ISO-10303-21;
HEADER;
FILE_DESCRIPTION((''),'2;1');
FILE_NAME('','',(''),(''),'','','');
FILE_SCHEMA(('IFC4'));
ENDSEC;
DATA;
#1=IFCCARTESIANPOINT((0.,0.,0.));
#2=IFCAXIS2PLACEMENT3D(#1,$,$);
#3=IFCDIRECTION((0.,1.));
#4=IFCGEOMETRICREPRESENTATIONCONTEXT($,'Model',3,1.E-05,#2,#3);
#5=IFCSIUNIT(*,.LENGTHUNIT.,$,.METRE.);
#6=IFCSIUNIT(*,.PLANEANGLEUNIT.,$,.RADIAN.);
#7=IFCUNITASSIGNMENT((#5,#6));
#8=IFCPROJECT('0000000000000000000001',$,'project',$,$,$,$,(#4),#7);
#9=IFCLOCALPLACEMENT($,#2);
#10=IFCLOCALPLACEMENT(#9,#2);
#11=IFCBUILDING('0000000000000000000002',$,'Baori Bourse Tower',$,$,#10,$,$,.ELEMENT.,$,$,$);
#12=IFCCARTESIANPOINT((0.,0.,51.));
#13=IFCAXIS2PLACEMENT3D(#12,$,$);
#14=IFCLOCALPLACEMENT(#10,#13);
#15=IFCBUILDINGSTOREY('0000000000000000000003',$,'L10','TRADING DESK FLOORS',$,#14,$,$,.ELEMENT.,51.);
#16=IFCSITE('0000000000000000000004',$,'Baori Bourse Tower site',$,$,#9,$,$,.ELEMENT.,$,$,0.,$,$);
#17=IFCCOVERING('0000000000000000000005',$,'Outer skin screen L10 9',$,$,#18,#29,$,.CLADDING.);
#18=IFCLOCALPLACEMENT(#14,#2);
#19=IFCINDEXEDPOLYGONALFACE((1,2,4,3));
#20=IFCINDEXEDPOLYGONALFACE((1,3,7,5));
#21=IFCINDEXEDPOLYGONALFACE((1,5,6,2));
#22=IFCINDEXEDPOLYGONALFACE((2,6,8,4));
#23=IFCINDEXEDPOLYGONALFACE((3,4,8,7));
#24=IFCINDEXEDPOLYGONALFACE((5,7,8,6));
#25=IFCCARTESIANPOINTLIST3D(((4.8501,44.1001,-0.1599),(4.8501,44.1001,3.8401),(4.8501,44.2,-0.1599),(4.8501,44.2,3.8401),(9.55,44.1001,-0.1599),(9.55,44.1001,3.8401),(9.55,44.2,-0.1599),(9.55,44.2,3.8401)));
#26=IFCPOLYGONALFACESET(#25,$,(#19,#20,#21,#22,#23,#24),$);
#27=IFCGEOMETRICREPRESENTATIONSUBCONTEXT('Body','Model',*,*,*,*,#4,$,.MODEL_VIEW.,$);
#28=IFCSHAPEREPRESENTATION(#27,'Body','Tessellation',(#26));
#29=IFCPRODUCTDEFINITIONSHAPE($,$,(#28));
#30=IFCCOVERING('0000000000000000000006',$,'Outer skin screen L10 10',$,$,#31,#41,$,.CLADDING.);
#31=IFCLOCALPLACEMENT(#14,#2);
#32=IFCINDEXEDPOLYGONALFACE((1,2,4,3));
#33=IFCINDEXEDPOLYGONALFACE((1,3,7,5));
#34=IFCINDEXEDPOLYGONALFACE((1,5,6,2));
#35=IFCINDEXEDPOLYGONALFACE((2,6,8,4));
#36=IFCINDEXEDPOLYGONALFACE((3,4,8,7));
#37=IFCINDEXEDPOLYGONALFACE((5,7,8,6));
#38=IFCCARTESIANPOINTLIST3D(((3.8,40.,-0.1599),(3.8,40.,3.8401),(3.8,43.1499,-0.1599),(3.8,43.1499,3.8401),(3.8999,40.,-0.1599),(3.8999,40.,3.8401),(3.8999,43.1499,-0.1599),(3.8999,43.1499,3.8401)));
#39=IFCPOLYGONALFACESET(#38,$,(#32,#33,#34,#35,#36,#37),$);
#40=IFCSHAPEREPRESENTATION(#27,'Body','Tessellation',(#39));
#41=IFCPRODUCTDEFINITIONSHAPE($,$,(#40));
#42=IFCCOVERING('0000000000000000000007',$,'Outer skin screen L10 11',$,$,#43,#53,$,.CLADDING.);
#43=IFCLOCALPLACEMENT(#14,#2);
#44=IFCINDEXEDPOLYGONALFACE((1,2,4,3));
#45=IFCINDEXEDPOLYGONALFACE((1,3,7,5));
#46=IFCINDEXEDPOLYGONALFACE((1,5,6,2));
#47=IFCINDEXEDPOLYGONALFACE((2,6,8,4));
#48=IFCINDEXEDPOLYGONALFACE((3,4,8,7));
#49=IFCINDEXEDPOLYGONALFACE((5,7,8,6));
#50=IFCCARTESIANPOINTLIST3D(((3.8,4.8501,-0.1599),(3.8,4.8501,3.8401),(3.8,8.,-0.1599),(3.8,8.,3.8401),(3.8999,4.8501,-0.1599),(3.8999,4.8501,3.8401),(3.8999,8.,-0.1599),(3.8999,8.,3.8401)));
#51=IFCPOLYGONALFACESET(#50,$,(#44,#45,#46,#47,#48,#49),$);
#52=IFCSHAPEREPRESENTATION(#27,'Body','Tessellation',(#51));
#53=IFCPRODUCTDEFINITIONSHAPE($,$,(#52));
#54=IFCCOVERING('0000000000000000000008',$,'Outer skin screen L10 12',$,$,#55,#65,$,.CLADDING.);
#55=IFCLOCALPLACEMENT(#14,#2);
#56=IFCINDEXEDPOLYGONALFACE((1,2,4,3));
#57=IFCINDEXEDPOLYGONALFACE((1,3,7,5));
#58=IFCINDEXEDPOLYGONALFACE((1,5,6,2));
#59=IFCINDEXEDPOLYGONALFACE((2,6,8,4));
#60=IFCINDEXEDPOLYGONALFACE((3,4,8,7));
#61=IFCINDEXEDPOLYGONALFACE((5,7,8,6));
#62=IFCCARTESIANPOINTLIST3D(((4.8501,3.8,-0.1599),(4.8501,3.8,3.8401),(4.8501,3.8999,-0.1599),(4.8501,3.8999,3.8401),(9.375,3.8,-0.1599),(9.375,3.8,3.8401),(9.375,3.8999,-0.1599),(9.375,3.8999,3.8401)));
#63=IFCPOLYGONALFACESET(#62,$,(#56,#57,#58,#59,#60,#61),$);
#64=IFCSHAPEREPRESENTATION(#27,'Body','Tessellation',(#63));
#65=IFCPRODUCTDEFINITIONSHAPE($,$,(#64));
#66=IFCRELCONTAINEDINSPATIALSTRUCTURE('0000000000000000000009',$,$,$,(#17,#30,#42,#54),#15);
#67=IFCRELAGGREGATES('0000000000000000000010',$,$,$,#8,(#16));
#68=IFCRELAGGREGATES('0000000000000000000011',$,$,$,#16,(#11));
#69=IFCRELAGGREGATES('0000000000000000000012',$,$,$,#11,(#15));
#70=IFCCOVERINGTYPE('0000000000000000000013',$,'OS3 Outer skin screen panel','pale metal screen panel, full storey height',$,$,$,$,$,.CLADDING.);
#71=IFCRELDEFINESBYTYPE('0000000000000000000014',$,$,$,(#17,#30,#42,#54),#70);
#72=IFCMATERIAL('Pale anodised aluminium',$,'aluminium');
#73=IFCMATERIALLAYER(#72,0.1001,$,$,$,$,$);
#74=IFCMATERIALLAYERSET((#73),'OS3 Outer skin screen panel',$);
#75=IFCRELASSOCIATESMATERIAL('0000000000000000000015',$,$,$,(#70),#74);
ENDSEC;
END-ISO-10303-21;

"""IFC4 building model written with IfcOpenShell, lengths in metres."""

from ifc_helpers import new_model, si_unit, direction, frame, origin, place, context, subcontext, project, spatial, polyline, outline, extrude, material, layer, layer_set, type_object, element, save


model = new_model("IFC4")

# Units and contexts
model_context = context("Model", 3, precision=1e-05, world=origin(), true_north=direction((0.0, 1.0)))
body_context = subcontext(model_context, "Body", "Model", "MODEL_VIEW")
ifc_project = project(units=[si_unit("LENGTHUNIT", "METRE"), si_unit("PLANEANGLEUNIT", "RADIAN")], contexts=[model_context])

# Site, building, storey
site_placement = place(None, origin())
site = spatial("IfcSite", under=ifc_project, at=site_placement, Name="Baori Bourse Tower site", CompositionType="ELEMENT", RefElevation=0.0)
building_placement = place(site_placement, origin())
building = spatial("IfcBuilding", under=site, at=building_placement, Name="Baori Bourse Tower", CompositionType="ELEMENT")
storey_placement = place(building_placement, frame((0.0, 0.0, 51.0)))
storey = spatial("IfcBuildingStorey", under=building, at=storey_placement, Name="L10", Description="TRADING DESK FLOORS", CompositionType="ELEMENT", Elevation=51.0)

# Coverings
ifc_material_1 = material(Name="Pale anodised aluminium", Category="aluminium")
ifc_layer_1 = layer(ifc_material_1, 0.1001)
ifc_layer_set_1 = layer_set([ifc_layer_1], Name="OS3 Outer skin screen panel")
covering_type = type_object("IfcCoveringType", Name="OS3 Outer skin screen panel", Description="pale metal screen panel, full storey height", PredefinedType="CLADDING", material=ifc_layer_set_1)
covering_1_placement = place(storey_placement, frame((0.0, 0.0, -0.1599)))
element("IfcCovering", 1, at=covering_1_placement, inside=storey, type_object=covering_type, Name="Outer skin screen L10 9", PredefinedType="CLADDING", context=body_context, shape_type="SweptSolid", body=[
    extrude(outline(polyline([(4.8501, 44.1001), (9.55, 44.1001), (9.55, 44.2), (4.8501, 44.2), (4.8501, 44.1001)])), origin(), (0.0, 0.0, 1.0), 4.0),
])
covering_2_placement = place(storey_placement, frame((0.0, 0.0, -0.1599)))
element("IfcCovering", 2, at=covering_2_placement, inside=storey, type_object=covering_type, Name="Outer skin screen L10 10", PredefinedType="CLADDING", context=body_context, shape_type="SweptSolid", body=[
    extrude(outline(polyline([(3.8999, 40.0), (3.8999, 43.1499), (3.8, 43.1499), (3.8, 40.0), (3.8999, 40.0), (3.8999, 40.0)])), origin(), (0.0, 0.0, 1.0), 4.0),
])
covering_3_placement = place(storey_placement, frame((0.0, 0.0, -0.1599)))
element("IfcCovering", 3, at=covering_3_placement, inside=storey, type_object=covering_type, Name="Outer skin screen L10 11", PredefinedType="CLADDING", context=body_context, shape_type="SweptSolid", body=[
    extrude(outline(polyline([(3.8999, 4.8501), (3.8999, 8.0), (3.8999, 8.0), (3.8, 8.0), (3.8, 4.8501), (3.8999, 4.8501)])), origin(), (0.0, 0.0, 1.0), 4.0),
])
covering_4_placement = place(storey_placement, frame((0.0, 0.0, -0.1599)))
element("IfcCovering", 4, at=covering_4_placement, inside=storey, type_object=covering_type, Name="Outer skin screen L10 12", PredefinedType="CLADDING", context=body_context, shape_type="SweptSolid", body=[
    extrude(outline(polyline([(9.375, 3.8999), (4.8501, 3.8999), (4.8501, 3.8), (9.375, 3.8), (9.375, 3.8999)])), origin(), (0.0, 0.0, 1.0), 4.0),
])

save(model, "model.ifc")
